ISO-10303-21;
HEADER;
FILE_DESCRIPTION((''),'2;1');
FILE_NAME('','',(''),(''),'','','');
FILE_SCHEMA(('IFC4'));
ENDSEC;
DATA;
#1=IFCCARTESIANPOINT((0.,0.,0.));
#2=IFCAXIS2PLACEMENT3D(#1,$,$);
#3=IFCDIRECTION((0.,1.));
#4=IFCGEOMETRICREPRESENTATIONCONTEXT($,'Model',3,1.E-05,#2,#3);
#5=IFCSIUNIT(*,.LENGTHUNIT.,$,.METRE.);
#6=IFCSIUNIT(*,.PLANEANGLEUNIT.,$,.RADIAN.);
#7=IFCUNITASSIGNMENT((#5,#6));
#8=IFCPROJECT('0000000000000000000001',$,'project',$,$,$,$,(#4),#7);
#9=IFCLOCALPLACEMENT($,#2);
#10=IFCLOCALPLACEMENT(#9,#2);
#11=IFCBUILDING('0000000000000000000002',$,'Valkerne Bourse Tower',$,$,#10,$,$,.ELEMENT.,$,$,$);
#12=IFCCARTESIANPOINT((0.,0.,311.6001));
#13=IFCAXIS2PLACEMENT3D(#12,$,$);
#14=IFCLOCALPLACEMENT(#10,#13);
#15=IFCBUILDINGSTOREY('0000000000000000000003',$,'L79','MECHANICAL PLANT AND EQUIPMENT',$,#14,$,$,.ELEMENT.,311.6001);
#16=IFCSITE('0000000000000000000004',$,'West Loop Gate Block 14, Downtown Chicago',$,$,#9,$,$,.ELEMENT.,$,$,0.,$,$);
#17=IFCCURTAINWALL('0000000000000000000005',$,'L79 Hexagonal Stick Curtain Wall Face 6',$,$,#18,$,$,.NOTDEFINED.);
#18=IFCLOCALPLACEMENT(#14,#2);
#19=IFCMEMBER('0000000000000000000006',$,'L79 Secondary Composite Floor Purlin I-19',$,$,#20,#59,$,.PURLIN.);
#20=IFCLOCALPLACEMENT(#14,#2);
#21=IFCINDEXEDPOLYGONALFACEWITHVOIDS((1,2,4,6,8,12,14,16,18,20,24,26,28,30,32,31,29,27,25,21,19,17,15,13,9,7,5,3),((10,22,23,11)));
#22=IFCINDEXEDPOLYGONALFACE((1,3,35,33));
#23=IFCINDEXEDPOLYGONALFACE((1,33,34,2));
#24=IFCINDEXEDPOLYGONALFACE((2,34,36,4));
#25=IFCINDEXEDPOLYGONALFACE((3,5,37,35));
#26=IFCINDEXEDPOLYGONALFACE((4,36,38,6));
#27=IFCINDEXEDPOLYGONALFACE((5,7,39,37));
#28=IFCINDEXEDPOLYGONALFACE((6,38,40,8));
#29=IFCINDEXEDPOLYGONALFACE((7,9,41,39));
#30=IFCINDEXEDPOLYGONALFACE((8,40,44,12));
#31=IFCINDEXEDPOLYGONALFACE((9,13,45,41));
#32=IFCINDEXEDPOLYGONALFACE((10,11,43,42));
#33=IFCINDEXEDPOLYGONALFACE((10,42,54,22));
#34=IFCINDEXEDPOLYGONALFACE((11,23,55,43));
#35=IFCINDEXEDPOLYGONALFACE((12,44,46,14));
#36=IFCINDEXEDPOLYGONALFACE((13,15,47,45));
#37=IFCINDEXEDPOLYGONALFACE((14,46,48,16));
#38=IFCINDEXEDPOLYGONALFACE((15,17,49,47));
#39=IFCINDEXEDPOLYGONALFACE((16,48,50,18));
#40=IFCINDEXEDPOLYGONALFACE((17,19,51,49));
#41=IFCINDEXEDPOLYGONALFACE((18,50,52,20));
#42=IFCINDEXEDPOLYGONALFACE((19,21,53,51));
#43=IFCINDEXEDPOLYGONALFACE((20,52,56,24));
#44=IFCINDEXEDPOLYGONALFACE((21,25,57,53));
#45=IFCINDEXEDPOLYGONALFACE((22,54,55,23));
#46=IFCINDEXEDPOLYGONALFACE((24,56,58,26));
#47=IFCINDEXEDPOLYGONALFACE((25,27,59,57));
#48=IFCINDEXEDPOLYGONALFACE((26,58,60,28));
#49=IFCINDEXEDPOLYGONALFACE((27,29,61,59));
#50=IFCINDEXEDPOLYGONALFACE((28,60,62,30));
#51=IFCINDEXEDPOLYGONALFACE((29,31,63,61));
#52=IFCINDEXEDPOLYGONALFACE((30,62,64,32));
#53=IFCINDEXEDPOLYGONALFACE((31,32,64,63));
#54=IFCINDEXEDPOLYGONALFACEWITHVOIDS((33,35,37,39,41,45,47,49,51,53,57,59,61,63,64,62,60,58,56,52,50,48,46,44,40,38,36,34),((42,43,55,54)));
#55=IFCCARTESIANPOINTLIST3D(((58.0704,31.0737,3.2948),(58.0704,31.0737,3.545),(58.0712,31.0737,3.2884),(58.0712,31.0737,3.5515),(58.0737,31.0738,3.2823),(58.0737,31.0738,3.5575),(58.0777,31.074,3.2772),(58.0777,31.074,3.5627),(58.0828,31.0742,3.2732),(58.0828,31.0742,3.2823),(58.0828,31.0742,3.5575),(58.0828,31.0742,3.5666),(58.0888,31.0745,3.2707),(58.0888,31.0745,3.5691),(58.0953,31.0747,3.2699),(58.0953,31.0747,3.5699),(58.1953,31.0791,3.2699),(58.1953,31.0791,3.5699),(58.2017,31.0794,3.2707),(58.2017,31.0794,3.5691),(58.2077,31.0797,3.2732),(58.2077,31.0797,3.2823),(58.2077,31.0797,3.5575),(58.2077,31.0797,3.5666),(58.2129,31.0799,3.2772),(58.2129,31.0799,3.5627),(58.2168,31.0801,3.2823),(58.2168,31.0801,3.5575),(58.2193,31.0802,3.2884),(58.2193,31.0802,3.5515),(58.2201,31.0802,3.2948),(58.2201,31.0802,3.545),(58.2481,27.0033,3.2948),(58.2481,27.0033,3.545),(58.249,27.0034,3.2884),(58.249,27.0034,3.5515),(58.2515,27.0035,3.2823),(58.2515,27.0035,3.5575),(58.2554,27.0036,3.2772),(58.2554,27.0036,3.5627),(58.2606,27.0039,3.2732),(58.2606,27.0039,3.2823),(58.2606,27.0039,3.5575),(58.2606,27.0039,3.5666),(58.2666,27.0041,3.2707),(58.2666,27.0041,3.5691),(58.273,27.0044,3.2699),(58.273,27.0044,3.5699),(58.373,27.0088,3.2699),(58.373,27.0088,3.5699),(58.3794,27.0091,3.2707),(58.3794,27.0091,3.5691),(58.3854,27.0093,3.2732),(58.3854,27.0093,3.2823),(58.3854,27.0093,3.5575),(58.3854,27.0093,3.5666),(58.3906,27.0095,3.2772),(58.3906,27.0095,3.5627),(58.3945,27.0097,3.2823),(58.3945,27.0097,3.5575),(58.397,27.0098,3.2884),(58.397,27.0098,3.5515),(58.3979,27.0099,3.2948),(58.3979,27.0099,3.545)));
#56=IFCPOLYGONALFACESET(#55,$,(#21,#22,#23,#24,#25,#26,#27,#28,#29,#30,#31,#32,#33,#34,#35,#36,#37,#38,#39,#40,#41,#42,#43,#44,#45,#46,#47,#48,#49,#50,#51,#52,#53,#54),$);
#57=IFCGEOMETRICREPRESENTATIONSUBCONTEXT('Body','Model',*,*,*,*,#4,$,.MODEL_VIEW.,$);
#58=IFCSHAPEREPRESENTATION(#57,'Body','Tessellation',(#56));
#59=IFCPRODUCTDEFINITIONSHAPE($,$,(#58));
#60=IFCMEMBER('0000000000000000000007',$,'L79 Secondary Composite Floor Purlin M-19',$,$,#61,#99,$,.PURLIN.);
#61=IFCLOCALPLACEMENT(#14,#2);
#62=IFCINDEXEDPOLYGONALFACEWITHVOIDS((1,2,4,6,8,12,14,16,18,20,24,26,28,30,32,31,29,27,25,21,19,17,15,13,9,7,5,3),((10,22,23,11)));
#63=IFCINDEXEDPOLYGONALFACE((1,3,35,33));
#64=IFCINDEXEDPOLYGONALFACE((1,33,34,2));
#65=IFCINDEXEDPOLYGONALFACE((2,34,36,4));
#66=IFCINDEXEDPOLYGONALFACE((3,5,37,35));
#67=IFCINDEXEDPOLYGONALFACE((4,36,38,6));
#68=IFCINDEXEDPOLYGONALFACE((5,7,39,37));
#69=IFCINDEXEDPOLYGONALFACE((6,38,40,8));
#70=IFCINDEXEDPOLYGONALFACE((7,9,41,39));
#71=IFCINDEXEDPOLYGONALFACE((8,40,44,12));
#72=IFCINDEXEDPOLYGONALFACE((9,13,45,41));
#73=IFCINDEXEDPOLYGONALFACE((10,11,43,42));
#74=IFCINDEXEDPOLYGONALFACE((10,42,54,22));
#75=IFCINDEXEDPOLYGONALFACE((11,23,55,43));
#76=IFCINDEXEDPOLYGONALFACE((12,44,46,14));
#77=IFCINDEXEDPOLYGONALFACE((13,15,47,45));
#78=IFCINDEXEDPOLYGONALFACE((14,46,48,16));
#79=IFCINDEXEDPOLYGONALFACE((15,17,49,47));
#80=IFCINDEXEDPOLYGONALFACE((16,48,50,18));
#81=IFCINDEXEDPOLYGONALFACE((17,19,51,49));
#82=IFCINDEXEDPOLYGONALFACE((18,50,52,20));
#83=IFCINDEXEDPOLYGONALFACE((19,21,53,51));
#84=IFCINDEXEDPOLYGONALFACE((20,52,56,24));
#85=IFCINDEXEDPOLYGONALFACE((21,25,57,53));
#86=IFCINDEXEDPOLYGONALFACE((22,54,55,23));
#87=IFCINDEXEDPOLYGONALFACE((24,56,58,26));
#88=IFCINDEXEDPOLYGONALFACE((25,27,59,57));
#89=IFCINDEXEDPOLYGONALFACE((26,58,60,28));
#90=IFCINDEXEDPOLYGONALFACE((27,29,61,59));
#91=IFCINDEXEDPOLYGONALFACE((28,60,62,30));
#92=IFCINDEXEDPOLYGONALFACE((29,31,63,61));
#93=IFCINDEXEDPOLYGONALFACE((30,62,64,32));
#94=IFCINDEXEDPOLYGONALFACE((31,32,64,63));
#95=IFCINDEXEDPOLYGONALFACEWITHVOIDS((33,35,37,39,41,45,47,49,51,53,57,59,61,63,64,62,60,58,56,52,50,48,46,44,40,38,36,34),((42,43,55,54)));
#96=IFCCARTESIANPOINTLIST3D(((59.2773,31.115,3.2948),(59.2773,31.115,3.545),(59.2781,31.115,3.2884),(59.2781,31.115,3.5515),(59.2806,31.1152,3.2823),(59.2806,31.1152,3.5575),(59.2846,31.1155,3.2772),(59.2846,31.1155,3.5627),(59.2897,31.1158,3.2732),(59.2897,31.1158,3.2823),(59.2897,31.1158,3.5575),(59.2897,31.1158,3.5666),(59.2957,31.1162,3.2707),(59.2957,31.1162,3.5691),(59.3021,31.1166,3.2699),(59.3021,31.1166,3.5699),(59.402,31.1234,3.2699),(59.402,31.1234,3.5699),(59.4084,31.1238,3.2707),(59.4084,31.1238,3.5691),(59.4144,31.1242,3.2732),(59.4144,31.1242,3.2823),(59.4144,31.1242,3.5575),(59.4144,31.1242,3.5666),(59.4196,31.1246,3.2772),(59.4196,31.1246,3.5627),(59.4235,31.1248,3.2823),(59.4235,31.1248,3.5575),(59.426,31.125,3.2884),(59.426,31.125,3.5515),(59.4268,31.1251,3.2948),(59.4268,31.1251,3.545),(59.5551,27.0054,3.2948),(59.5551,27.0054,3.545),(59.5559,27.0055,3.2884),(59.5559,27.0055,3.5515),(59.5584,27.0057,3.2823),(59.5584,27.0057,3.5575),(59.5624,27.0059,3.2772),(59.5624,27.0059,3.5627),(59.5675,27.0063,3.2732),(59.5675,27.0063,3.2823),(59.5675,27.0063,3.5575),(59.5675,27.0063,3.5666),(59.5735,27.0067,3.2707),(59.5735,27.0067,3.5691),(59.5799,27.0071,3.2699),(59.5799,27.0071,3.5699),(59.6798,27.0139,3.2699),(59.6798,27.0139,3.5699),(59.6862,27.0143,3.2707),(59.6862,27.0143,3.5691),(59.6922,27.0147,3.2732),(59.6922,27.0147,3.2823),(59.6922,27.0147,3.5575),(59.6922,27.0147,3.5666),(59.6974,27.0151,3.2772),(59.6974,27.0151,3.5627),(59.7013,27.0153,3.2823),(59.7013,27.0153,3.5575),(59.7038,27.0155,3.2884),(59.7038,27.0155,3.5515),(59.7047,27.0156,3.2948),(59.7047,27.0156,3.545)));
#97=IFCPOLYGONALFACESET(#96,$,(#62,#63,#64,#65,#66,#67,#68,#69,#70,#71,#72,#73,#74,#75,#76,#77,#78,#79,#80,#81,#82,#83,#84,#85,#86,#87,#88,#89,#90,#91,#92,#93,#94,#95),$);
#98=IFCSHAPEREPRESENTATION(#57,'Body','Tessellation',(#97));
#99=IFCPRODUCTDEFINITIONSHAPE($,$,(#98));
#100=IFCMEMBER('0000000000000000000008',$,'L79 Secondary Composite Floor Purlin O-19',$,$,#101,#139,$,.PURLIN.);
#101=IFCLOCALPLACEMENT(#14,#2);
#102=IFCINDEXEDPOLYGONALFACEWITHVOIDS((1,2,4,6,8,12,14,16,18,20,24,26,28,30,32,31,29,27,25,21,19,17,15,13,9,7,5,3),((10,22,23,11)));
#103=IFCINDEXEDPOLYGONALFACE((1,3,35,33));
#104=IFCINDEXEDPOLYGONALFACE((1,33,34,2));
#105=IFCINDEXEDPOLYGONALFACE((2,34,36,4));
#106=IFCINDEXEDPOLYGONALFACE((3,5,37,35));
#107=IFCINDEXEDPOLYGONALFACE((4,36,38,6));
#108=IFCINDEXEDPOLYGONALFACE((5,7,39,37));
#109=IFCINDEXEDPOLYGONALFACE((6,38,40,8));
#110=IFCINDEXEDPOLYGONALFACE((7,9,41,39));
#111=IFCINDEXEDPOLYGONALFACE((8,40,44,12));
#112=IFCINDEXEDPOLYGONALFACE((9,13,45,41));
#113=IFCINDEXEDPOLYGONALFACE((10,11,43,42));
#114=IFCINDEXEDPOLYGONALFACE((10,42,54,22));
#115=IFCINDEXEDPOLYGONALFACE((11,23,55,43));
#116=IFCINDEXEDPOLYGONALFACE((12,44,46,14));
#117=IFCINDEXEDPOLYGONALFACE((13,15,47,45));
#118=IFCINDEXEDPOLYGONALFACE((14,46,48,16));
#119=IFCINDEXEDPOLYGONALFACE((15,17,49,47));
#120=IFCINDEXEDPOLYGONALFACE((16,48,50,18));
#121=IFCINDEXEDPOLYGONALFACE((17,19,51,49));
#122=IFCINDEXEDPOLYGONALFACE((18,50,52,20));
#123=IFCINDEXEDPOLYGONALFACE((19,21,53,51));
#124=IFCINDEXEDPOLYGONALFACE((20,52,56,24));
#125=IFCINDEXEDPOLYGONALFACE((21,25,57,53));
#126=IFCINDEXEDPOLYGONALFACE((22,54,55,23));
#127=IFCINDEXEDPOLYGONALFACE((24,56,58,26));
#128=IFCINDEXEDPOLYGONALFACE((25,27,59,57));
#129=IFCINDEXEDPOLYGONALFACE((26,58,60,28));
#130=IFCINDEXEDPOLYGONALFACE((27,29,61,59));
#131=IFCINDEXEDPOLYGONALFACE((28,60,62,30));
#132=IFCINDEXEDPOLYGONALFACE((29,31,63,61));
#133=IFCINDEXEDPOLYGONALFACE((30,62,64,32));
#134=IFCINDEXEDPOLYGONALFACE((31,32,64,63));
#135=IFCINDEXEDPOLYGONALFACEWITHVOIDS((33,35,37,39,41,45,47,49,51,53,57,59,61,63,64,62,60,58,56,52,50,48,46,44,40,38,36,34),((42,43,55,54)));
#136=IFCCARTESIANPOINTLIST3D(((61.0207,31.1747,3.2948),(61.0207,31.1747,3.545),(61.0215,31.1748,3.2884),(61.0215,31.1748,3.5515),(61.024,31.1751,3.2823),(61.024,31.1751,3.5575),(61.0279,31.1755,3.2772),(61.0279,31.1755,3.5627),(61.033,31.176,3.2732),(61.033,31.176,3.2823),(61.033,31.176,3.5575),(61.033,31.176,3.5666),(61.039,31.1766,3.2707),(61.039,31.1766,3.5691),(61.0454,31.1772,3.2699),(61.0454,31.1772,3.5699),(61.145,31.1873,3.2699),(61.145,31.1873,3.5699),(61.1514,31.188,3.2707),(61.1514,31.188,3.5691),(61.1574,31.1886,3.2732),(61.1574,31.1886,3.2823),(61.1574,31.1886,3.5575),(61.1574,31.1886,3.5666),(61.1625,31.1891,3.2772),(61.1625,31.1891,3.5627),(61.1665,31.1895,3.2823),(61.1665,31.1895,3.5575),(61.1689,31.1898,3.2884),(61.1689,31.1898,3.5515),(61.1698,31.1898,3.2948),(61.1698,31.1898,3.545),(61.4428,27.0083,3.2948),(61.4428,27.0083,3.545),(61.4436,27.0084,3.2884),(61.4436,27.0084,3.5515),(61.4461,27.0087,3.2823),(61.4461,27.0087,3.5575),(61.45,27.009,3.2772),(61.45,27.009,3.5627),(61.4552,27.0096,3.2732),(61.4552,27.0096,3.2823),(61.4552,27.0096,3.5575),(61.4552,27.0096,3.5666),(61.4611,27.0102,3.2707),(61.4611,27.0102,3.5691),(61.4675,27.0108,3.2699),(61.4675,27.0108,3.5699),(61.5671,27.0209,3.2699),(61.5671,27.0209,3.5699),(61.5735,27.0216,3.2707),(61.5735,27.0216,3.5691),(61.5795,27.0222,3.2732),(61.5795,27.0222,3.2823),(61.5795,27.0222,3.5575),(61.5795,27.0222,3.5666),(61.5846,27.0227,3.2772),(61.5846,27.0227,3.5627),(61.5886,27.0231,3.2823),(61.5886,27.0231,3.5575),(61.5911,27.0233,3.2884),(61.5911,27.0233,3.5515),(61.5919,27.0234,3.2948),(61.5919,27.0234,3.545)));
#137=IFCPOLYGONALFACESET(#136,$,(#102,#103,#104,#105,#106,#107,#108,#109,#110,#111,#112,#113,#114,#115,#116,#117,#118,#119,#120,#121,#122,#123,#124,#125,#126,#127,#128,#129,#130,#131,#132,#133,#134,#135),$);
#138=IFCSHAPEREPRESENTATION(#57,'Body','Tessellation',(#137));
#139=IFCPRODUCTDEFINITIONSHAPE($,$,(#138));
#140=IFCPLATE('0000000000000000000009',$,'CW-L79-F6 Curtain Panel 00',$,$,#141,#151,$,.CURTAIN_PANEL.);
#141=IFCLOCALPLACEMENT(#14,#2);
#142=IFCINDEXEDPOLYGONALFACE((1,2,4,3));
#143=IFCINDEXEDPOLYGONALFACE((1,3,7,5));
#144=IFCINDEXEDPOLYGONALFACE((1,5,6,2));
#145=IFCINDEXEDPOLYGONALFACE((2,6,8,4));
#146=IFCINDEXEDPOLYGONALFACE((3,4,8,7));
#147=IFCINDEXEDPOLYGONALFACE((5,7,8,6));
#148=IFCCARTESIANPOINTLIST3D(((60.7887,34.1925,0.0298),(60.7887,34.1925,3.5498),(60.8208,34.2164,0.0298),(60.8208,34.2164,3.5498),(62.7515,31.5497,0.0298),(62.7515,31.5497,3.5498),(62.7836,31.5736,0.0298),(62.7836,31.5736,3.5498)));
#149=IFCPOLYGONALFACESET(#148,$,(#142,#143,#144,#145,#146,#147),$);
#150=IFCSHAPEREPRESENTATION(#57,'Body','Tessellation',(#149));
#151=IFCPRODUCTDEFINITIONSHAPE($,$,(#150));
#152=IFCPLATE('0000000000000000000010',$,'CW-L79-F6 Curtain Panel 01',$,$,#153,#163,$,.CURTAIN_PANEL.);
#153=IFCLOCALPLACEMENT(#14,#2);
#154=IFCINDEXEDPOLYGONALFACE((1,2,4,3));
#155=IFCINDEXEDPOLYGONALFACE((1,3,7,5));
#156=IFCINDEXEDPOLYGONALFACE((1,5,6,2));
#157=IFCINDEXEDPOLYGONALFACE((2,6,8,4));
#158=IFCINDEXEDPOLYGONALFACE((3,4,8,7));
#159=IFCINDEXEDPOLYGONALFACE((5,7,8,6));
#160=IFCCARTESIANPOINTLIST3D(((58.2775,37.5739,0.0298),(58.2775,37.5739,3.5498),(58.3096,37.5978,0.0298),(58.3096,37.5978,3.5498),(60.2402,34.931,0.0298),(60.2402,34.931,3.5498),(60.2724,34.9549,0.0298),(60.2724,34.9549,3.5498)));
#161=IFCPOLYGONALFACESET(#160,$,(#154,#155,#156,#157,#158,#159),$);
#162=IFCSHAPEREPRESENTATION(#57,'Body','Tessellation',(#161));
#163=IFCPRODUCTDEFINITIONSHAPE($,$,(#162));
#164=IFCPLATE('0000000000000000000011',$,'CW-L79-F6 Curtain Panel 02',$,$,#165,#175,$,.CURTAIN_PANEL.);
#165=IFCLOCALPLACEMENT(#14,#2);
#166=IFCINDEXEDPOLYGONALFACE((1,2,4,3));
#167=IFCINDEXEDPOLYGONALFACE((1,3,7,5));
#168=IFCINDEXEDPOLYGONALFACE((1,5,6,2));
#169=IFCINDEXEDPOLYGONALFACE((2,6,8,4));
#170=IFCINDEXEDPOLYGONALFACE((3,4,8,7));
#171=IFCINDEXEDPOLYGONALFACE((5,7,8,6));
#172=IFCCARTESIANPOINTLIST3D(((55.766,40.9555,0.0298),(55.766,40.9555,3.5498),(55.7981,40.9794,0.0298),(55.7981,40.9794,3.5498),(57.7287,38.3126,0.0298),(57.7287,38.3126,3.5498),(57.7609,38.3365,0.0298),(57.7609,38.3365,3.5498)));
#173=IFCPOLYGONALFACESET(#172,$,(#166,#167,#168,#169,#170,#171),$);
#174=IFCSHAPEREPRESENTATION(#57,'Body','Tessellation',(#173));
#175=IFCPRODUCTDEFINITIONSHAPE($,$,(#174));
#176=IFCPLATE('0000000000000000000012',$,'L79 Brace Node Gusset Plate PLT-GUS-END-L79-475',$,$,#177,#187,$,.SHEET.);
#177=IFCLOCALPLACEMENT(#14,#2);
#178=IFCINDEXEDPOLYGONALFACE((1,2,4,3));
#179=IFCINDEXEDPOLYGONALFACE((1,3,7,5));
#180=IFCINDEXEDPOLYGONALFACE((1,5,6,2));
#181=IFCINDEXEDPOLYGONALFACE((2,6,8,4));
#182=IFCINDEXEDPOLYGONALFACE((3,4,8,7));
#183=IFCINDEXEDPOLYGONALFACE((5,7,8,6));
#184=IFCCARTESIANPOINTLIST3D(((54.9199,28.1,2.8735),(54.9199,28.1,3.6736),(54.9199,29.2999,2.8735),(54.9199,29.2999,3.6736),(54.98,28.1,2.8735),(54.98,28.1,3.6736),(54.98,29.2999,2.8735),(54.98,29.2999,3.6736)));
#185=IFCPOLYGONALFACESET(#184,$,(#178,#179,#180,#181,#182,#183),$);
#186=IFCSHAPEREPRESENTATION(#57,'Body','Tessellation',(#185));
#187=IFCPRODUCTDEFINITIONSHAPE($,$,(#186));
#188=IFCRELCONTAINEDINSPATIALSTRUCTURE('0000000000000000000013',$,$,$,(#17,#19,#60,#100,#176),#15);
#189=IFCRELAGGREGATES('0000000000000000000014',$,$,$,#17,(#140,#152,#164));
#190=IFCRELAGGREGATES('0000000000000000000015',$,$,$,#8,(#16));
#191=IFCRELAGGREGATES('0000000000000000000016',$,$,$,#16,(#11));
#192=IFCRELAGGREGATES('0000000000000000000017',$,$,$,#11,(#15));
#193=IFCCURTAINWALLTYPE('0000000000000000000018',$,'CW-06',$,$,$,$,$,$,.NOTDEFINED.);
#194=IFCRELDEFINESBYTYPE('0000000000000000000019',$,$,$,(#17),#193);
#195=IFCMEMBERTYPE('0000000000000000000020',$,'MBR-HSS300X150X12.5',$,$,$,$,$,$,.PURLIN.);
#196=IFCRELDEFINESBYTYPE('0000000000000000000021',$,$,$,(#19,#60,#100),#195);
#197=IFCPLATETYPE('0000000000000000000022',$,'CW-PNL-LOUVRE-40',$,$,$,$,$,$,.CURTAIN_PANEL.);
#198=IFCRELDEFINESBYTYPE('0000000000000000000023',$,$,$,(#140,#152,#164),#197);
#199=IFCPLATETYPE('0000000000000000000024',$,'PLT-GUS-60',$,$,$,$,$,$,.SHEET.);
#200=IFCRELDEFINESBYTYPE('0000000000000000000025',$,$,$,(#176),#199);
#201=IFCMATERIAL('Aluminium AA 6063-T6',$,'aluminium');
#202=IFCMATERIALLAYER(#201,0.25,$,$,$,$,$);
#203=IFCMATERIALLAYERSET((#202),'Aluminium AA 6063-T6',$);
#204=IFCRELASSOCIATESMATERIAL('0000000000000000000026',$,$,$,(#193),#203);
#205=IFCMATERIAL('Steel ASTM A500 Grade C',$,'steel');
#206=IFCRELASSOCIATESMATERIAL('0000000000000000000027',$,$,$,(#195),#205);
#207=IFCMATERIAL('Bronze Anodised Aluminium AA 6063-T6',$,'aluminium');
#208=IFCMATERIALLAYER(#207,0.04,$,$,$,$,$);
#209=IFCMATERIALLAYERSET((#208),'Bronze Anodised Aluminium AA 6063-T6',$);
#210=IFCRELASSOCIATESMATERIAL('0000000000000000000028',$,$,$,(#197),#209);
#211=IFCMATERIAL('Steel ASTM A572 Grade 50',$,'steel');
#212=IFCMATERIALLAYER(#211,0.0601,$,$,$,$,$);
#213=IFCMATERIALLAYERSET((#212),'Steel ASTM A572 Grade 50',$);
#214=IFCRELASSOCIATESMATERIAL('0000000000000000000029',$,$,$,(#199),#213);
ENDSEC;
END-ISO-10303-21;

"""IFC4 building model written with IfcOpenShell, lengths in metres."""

from ifc_helpers import new_model, si_unit, direction, frame, origin, origin_2d, place, context, subcontext, project, spatial, rectangle, hollow_rectangle, extrude, material, layer, layer_set, material_profile, profile_set, type_object, element, aggregate, save


model = new_model("IFC4")

# Units and contexts
model_context = context("Model", 3, precision=1e-05, world=origin(), true_north=direction((0.0, 1.0)))
body_context = subcontext(model_context, "Body", "Model", "MODEL_VIEW")
ifc_project = project(units=[si_unit("LENGTHUNIT", "METRE"), si_unit("PLANEANGLEUNIT", "RADIAN")], contexts=[model_context])

# Site, building, storey
site_placement = place(None, origin())
site = spatial("IfcSite", under=ifc_project, at=site_placement, Name="West Loop Gate Block 14, Downtown Chicago", CompositionType="ELEMENT", RefElevation=0.0)
building_placement = place(site_placement, origin())
building = spatial("IfcBuilding", under=site, at=building_placement, Name="Valkerne Bourse Tower", CompositionType="ELEMENT")
storey_placement = place(building_placement, frame((0.0, 0.0, 311.6001)))
storey = spatial("IfcBuildingStorey", under=building, at=storey_placement, Name="L79", Description="MECHANICAL PLANT AND EQUIPMENT", CompositionType="ELEMENT", Elevation=311.6001)

# Shared definitions
ifc_material_1 = material(Name="Steel ASTM A500 Grade C", Category="steel")

# Shared definitions
ifc_material_2 = material(Name="Aluminium AA 6063-T6", Category="aluminium")
ifc_layer_1 = layer(ifc_material_2, 0.25)
ifc_layer_set_1 = layer_set([ifc_layer_1], Name="Aluminium AA 6063-T6")
curtain_wall_type = type_object("IfcCurtainWallType", Name="CW-06", PredefinedType="NOTDEFINED", material=ifc_layer_set_1)

# Curtain wall
curtain_wall_1_placement = place(storey_placement, origin())
curtain_wall_1 = element("IfcCurtainWall", 1, at=curtain_wall_1_placement, inside=storey, type_object=curtain_wall_type, Name="L79 Hexagonal Stick Curtain Wall Face 6", PredefinedType="NOTDEFINED")

# Members
ifc_material_profile_1 = material_profile(ifc_material_1, hollow_rectangle(XDim=0.1499, YDim=0.3, WallThickness=0.0125, OuterFilletRadius=0.0249, at=origin_2d()), Name="HSS300X150X12.5")
ifc_profile_set_1 = profile_set([ifc_material_profile_1], Name="Steel ASTM A500 Grade C")
member_type_1 = type_object("IfcMemberType", Name="MBR-HSS300X150X12.5", PredefinedType="PURLIN", material=ifc_profile_set_1)
member_1_placement = place(storey_placement, frame((58.323, 27.0066, 3.4199), z_axis=(-0.043624, 0.999048, 0.0), x_axis=(-0.999048, -0.043624, 0.0)))
element("IfcMember", 2, at=member_1_placement, inside=storey, type_object=member_type_1, Name="L79 Secondary Composite Floor Purlin I-19", PredefinedType="PURLIN", context=body_context, shape_type="SweptSolid", body=[
    extrude(hollow_rectangle(XDim=0.1499, YDim=0.3, WallThickness=0.0125, OuterFilletRadius=0.0249, at=origin_2d()), origin(), (0.0, 0.0, 1.0), 4.0742),
])
member_2_placement = place(storey_placement, frame((59.6299, 27.0105, 3.4199), z_axis=(-0.067451, 0.997723, 0.0), x_axis=(-0.997723, -0.067451, 0.0)))
element("IfcMember", 3, at=member_2_placement, inside=storey, type_object=member_type_1, Name="L79 Secondary Composite Floor Purlin M-19", PredefinedType="PURLIN", context=body_context, shape_type="SweptSolid", body=[
    extrude(hollow_rectangle(XDim=0.1499, YDim=0.3, WallThickness=0.0125, OuterFilletRadius=0.0249, at=origin_2d()), origin(), (0.0, 0.0, 1.0), 4.1189),
])
member_3_placement = place(storey_placement, frame((61.5173, 27.0159, 3.4199), z_axis=(-0.100797, 0.994907, 0.0), x_axis=(-0.994907, -0.100797, 0.0)))
element("IfcMember", 4, at=member_3_placement, inside=storey, type_object=member_type_1, Name="L79 Secondary Composite Floor Purlin O-19", PredefinedType="PURLIN", context=body_context, shape_type="SweptSolid", body=[
    extrude(hollow_rectangle(XDim=0.1499, YDim=0.3, WallThickness=0.0125, OuterFilletRadius=0.0249, at=origin_2d()), origin(), (0.0, 0.0, 1.0), 4.1877),
])

# Plates
ifc_material_3 = material(Name="Bronze Anodised Aluminium AA 6063-T6", Category="aluminium")
ifc_layer_2 = layer(ifc_material_3, 0.04)
ifc_layer_set_2 = layer_set([ifc_layer_2], Name="Bronze Anodised Aluminium AA 6063-T6")
plate_type_1 = type_object("IfcPlateType", Name="CW-PNL-LOUVRE-40", PredefinedType="CURTAIN_PANEL", material=ifc_layer_set_2)
plate_1_placement = place(storey_placement, frame((61.7861, 32.8831, 0.0298), z_axis=(0.0, 0.0, 1.0), x_axis=(-0.596233, 0.802812, 0.0)))
plate_1 = element("IfcPlate", 5, at=plate_1_placement, type_object=plate_type_1, Name="CW-L79-F6 Curtain Panel 00", PredefinedType="CURTAIN_PANEL", context=body_context, shape_type="SweptSolid", body=[
    extrude(rectangle(XDim=3.292, YDim=0.04, at=origin_2d()), origin(), (0.0, 0.0, 1.0), 3.52),
])
plate_2_placement = place(storey_placement, frame((59.2749, 36.2644, 0.0298), z_axis=(0.0, 0.0, 1.0), x_axis=(-0.596221, 0.80282, 0.0)))
plate_2 = element("IfcPlate", 6, at=plate_2_placement, type_object=plate_type_1, Name="CW-L79-F6 Curtain Panel 01", PredefinedType="CURTAIN_PANEL", context=body_context, shape_type="SweptSolid", body=[
    extrude(rectangle(XDim=3.292, YDim=0.04, at=origin_2d()), origin(), (0.0, 0.0, 1.0), 3.52),
])
plate_3_placement = place(storey_placement, frame((56.7634, 39.646, 0.0298), z_axis=(0.0, 0.0, 1.0), x_axis=(-0.596221, 0.80282, 0.0)))
plate_3 = element("IfcPlate", 7, at=plate_3_placement, type_object=plate_type_1, Name="CW-L79-F6 Curtain Panel 02", PredefinedType="CURTAIN_PANEL", context=body_context, shape_type="SweptSolid", body=[
    extrude(rectangle(XDim=3.292, YDim=0.04, at=origin_2d()), origin(), (0.0, 0.0, 1.0), 3.52),
])
aggregate(curtain_wall_1, [plate_1, plate_2, plate_3])
ifc_material_4 = material(Name="Steel ASTM A572 Grade 50", Category="steel")
ifc_layer_3 = layer(ifc_material_4, 0.0601)
ifc_layer_set_3 = layer_set([ifc_layer_3], Name="Steel ASTM A572 Grade 50")
plate_type_2 = type_object("IfcPlateType", Name="PLT-GUS-60", PredefinedType="SHEET", material=ifc_layer_set_3)
plate_4_placement = place(storey_placement, frame((54.95, 28.7, 2.8735), z_axis=(0.0, 0.0, 1.0), x_axis=(0.0, 1.0, 0.0)))
element("IfcPlate", 8, at=plate_4_placement, inside=storey, type_object=plate_type_2, Name="L79 Brace Node Gusset Plate PLT-GUS-END-L79-475", PredefinedType="SHEET", context=body_context, shape_type="SweptSolid", body=[
    extrude(rectangle(XDim=1.2, YDim=0.0601, at=origin_2d()), origin(), (0.0, 0.0, 1.0), 0.8),
])

save(model, "model.ifc")
